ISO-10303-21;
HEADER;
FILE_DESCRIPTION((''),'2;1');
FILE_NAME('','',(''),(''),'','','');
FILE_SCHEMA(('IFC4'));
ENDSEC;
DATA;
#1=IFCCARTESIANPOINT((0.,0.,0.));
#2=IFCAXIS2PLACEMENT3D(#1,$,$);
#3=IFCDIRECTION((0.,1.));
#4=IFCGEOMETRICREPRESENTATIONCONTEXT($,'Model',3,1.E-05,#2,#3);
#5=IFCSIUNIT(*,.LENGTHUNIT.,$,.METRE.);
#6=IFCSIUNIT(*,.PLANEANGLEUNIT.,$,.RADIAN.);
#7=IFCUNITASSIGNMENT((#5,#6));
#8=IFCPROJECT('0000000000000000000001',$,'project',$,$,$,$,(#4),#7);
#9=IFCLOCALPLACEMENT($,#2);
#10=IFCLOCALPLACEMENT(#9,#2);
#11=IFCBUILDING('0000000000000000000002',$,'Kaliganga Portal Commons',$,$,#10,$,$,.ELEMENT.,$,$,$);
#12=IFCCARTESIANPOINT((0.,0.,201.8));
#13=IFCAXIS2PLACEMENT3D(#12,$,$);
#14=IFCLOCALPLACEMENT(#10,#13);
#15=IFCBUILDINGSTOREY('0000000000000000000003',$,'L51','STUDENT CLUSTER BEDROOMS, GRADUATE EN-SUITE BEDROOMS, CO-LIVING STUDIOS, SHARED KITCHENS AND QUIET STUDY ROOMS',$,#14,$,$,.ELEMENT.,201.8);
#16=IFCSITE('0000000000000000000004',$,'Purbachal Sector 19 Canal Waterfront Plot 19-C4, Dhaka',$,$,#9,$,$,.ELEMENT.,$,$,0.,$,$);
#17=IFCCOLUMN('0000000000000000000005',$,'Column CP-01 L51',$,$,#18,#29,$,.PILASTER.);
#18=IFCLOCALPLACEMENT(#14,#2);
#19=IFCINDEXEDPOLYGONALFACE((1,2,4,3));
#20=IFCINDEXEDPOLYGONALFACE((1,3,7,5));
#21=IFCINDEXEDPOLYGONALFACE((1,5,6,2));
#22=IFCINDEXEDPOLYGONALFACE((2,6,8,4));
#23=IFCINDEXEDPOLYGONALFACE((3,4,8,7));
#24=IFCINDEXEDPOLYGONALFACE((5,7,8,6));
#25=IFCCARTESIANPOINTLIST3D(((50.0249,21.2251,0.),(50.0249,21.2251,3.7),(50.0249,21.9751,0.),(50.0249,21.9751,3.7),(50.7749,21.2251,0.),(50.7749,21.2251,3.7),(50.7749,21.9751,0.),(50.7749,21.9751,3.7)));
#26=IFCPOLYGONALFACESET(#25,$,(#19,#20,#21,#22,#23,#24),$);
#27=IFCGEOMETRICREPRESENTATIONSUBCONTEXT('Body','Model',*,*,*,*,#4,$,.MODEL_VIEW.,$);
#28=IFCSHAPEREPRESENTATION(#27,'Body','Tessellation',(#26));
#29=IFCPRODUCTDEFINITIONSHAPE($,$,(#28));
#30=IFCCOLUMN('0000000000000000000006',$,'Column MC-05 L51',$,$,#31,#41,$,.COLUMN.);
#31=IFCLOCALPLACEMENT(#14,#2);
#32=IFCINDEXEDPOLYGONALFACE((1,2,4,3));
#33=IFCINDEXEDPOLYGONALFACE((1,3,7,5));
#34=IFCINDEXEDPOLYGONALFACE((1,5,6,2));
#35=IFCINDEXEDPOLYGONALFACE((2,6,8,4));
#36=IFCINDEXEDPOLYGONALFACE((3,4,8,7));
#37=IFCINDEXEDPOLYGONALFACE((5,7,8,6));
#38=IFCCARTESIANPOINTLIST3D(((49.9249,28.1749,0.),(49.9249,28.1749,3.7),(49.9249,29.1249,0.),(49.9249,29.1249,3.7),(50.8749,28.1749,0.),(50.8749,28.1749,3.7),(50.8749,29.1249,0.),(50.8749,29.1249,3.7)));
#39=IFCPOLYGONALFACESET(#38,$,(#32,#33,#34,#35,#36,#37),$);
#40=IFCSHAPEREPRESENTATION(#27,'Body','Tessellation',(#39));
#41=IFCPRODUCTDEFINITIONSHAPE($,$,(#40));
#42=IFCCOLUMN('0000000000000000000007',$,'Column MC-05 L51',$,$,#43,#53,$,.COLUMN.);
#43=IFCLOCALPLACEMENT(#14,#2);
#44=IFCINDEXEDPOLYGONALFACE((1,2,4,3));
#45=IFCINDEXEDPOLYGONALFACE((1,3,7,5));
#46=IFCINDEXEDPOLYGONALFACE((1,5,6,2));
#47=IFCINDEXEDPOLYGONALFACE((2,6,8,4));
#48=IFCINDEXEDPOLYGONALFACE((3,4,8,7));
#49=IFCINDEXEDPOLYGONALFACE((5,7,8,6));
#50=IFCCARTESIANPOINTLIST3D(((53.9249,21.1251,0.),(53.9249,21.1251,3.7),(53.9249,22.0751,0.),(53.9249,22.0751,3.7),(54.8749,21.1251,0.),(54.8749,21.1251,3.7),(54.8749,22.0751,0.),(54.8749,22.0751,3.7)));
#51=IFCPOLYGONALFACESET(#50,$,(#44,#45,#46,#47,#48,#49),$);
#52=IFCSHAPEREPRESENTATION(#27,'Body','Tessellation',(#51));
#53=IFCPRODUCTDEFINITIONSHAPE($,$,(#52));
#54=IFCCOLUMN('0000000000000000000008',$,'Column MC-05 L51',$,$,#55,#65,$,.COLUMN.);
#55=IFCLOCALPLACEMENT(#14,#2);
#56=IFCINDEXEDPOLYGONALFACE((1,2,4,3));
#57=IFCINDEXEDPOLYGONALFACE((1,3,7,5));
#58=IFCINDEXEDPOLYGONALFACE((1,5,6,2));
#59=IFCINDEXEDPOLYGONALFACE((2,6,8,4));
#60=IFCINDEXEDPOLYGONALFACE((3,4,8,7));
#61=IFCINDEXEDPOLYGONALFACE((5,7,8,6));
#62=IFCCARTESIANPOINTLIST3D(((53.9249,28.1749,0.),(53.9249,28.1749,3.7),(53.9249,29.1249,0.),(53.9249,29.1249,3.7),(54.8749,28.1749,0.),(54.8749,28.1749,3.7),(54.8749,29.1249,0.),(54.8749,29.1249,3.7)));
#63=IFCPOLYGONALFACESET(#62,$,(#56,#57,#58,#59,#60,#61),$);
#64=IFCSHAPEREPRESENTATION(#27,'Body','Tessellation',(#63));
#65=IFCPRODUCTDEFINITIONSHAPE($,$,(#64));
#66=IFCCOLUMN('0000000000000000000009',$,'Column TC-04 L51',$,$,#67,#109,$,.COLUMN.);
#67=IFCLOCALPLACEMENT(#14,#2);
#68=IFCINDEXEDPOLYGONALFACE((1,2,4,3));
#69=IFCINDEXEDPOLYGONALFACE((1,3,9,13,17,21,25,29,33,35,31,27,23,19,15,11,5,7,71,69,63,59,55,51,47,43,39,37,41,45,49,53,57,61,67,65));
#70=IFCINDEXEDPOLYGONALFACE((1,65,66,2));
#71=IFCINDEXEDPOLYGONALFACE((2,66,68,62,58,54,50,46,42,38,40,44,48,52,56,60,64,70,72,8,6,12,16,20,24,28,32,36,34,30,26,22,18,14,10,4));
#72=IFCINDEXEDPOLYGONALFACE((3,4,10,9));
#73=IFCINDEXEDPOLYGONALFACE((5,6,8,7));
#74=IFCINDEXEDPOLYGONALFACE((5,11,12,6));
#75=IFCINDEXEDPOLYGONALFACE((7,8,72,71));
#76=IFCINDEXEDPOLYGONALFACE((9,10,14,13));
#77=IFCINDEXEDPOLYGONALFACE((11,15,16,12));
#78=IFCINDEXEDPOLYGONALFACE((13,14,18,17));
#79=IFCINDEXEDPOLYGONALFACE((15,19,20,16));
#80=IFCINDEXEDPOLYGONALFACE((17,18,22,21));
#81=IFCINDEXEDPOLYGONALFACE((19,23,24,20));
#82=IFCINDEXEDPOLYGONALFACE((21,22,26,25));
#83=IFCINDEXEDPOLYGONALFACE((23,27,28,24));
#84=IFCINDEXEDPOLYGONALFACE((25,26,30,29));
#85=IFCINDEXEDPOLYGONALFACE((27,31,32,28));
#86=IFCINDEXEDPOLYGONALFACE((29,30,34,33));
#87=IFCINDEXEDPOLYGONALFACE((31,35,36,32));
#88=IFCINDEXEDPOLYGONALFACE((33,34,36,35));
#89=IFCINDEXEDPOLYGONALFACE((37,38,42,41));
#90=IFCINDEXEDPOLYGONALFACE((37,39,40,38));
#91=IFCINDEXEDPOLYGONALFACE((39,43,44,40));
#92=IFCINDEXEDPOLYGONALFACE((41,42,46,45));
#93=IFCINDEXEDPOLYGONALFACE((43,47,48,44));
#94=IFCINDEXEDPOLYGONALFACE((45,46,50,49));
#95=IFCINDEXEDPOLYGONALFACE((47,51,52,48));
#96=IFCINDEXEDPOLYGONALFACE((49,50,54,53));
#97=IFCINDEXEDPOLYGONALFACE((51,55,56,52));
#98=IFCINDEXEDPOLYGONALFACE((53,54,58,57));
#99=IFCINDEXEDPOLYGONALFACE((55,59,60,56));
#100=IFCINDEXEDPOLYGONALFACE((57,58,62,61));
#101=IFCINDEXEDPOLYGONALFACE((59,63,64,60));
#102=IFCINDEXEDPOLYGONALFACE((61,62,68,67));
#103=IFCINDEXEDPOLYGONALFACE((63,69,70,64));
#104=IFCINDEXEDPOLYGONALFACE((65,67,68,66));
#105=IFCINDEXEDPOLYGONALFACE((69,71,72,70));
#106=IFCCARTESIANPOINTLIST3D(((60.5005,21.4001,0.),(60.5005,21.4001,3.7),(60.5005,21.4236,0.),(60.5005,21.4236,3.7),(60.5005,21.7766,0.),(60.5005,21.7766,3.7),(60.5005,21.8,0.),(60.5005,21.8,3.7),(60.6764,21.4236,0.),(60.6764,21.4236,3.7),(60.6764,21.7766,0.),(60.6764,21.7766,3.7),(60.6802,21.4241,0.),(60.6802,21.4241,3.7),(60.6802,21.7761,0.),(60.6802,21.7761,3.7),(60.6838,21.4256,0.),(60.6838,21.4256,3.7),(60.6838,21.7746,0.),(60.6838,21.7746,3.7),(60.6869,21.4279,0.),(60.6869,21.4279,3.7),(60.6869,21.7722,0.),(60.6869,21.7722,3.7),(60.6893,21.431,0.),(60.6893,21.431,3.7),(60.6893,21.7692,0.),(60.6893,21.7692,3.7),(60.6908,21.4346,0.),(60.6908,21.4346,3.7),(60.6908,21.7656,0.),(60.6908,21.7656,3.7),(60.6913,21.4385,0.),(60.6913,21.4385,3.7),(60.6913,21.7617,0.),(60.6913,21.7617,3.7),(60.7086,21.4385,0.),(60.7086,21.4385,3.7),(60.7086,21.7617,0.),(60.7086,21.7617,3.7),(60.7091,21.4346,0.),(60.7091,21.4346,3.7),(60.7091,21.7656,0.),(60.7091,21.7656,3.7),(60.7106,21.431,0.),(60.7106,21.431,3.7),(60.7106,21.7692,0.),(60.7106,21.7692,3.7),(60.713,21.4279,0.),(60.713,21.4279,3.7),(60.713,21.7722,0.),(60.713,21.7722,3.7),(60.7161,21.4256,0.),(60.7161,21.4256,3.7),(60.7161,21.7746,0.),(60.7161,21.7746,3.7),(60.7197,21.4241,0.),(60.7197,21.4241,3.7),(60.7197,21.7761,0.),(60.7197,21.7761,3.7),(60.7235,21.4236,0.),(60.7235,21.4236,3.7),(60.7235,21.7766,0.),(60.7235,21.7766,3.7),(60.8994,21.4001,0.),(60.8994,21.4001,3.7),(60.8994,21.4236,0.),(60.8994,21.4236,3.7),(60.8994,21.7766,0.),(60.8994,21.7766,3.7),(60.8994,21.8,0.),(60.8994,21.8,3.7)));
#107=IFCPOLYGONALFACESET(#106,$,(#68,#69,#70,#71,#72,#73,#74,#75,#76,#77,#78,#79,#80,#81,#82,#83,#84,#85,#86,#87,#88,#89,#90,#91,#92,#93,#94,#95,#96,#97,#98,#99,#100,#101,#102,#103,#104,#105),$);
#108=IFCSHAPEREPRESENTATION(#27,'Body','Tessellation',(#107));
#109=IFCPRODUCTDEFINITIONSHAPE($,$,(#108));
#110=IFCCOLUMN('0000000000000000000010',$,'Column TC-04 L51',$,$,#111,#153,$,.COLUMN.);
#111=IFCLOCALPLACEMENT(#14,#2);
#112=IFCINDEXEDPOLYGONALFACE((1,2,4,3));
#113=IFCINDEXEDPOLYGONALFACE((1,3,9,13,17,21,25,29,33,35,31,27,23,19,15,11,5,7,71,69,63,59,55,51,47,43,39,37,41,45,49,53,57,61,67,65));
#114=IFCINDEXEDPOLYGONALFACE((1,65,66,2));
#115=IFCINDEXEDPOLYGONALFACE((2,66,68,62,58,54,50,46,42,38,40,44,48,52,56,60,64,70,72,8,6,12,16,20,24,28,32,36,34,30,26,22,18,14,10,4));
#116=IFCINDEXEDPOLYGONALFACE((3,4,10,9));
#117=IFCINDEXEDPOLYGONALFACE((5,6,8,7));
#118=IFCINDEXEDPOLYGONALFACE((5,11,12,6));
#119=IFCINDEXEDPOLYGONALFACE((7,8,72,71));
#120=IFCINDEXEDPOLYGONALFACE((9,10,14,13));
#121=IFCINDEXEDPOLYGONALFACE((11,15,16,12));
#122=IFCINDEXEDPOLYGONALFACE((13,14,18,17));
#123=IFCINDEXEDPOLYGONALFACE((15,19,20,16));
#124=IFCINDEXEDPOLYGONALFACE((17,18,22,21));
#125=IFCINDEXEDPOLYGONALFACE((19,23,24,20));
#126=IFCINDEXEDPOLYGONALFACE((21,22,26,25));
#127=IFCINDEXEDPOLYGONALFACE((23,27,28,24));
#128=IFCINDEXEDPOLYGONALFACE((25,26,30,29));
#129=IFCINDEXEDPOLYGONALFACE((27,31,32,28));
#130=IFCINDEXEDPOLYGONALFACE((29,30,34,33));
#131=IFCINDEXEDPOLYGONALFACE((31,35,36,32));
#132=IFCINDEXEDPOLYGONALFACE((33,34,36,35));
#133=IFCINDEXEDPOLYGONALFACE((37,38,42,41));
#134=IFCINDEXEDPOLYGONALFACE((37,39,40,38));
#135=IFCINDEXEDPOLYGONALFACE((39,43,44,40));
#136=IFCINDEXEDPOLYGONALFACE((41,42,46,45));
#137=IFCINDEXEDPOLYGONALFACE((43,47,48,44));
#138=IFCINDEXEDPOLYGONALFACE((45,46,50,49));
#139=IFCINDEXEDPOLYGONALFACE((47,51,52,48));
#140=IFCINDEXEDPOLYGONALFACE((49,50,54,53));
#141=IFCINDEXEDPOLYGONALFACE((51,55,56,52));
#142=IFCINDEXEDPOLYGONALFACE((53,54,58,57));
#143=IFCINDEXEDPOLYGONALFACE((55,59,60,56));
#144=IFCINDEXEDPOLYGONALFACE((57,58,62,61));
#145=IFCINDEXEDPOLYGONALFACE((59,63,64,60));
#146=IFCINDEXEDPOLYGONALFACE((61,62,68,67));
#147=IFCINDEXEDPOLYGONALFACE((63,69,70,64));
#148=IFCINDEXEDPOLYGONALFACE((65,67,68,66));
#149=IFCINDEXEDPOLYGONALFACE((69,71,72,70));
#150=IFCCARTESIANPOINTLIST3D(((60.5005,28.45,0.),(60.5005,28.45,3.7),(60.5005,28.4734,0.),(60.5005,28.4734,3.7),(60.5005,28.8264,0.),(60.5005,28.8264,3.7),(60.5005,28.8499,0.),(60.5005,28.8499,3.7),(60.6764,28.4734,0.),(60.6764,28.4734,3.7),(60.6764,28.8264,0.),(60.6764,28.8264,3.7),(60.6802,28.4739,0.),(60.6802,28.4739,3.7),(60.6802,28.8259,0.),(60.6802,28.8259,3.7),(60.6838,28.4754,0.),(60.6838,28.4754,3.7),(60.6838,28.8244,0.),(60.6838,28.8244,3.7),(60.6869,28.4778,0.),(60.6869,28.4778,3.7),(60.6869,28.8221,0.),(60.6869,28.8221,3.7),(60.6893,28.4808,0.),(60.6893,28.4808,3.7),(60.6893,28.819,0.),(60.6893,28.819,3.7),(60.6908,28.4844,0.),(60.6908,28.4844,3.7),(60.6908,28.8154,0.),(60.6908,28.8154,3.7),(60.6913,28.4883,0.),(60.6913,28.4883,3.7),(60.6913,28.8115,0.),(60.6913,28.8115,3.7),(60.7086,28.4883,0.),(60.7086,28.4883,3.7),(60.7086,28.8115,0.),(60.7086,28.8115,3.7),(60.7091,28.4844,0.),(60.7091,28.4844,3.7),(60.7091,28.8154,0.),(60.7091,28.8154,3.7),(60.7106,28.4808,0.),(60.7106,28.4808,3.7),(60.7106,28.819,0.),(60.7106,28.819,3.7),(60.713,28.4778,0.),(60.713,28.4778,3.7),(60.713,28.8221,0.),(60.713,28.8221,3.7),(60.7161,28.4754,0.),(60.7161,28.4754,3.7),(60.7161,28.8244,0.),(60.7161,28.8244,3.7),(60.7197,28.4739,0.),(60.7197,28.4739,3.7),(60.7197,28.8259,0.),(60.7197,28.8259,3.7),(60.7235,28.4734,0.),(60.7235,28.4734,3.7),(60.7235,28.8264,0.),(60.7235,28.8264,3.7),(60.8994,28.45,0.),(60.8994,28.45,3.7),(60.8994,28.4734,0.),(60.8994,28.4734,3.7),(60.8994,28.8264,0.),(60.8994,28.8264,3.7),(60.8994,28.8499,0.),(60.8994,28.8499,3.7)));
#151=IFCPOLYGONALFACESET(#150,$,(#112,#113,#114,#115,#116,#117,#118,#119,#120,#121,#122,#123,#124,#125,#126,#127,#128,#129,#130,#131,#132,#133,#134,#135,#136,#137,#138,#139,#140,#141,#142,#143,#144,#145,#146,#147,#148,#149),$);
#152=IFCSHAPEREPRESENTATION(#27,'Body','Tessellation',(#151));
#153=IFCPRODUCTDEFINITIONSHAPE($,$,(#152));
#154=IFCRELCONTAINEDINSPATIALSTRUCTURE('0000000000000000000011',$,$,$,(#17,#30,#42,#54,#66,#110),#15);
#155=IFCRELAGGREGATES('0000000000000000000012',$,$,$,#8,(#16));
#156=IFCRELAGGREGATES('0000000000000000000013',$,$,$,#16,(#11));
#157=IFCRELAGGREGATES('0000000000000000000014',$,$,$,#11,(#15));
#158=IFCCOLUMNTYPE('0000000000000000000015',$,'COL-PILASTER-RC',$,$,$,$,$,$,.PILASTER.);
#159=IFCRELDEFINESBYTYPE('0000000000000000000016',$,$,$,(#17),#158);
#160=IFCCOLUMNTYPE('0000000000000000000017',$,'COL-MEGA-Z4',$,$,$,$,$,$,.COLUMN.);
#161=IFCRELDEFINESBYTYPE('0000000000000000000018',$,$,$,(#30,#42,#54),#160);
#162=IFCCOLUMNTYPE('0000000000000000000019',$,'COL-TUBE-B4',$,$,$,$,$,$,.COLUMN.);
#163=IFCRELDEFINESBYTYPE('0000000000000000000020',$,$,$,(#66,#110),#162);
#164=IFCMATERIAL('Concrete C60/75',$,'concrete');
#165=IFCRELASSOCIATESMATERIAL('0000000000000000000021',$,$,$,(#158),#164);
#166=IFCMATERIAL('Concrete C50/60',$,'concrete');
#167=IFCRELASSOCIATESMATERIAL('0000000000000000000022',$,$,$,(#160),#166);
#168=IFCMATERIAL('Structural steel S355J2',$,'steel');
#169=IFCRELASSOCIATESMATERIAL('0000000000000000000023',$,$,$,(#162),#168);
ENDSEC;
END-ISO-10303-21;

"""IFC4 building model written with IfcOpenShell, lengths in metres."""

from ifc_helpers import new_model, si_unit, direction, frame, origin, origin_2d, place, context, subcontext, project, spatial, rectangle, i_section, extrude, source, transform, mapped, material, material_profile, profile_set, type_object, element, save


model = new_model("IFC4")

# Units and contexts
model_context = context("Model", 3, precision=1e-05, world=origin(), true_north=direction((0.0, 1.0)))
body_context = subcontext(model_context, "Body", "Model", "MODEL_VIEW")
ifc_project = project(units=[si_unit("LENGTHUNIT", "METRE"), si_unit("PLANEANGLEUNIT", "RADIAN")], contexts=[model_context])

# Site, building, storey
site_placement = place(None, origin())
site = spatial("IfcSite", under=ifc_project, at=site_placement, Name="Purbachal Sector 19 Canal Waterfront Plot 19-C4, Dhaka", CompositionType="ELEMENT", RefElevation=0.0)
building_placement = place(site_placement, origin())
building = spatial("IfcBuilding", under=site, at=building_placement, Name="Kaliganga Portal Commons", CompositionType="ELEMENT")
storey_placement = place(building_placement, frame((0.0, 0.0, 201.8)))
storey = spatial("IfcBuildingStorey", under=building, at=storey_placement, Name="L51", Description="STUDENT CLUSTER BEDROOMS, GRADUATE EN-SUITE BEDROOMS, CO-LIVING STUDIOS, SHARED KITCHENS AND QUIET STUDY ROOMS", CompositionType="ELEMENT", Elevation=201.8)

# Columns
ifc_material_1 = material(Name="Concrete C60/75", Category="concrete")
ifc_material_profile_1 = material_profile(ifc_material_1, rectangle(XDim=0.75, YDim=0.75, at=origin_2d()), Name="RC 750x750")
ifc_profile_set_1 = profile_set([ifc_material_profile_1], Name="Concrete C60/75")
column_type_1 = type_object("IfcColumnType", Name="COL-PILASTER-RC", PredefinedType="PILASTER", material=ifc_profile_set_1)
shared_shape_1 = source(origin(), body_context, "Body", "SweptSolid", [
    extrude(rectangle(XDim=0.75, YDim=0.75, at=origin_2d()), origin(), (0.0, 0.0, 1.0), 3.7),
])
column_placement = place(storey_placement, frame((50.3999, 21.6001, 0.0), z_axis=(0.0, 0.0, 1.0), x_axis=(1.0, 0.0, 0.0)))
element("IfcColumn", 1, at=column_placement, inside=storey, type_object=column_type_1, Name="Column CP-01 L51", PredefinedType="PILASTER", context=body_context, shape_type="MappedRepresentation", body=[
    mapped(shared_shape_1, transform((0.0, 0.0, 0.0), x_axis=(1.0, 0.0, 0.0), y_axis=(0.0, 1.0, 0.0), z_axis=(0.0, 0.0, 1.0), scale=1.0)),
])
ifc_material_2 = material(Name="Concrete C50/60", Category="concrete")
ifc_material_profile_2 = material_profile(ifc_material_2, rectangle(XDim=0.95, YDim=0.95, at=origin_2d()), Name="RC 950x950")
ifc_profile_set_2 = profile_set([ifc_material_profile_2], Name="Concrete C50/60")
column_type_2 = type_object("IfcColumnType", Name="COL-MEGA-Z4", PredefinedType="COLUMN", material=ifc_profile_set_2)
shared_shape_2 = source(origin(), body_context, "Body", "SweptSolid", [
    extrude(rectangle(XDim=0.95, YDim=0.95, at=origin_2d()), origin(), (0.0, 0.0, 1.0), 3.7),
])
for number, where, z_axis, x_axis, name in (
    (2, (50.3999, 28.6499, 0.0), (0.0, 0.0, 1.0), (1.0, 0.0, 0.0), "Column MC-05 L51"),
    (3, (54.3999, 21.6001, 0.0), (0.0, 0.0, 1.0), (1.0, 0.0, 0.0), "Column MC-05 L51"),
    (4, (54.3999, 28.6499, 0.0), (0.0, 0.0, 1.0), (1.0, 0.0, 0.0), "Column MC-05 L51"),
):
    element("IfcColumn", number, at=place(storey_placement, frame(where, z_axis=z_axis, x_axis=x_axis)), inside=storey, type_object=column_type_2, Name=name, PredefinedType="COLUMN", context=body_context, shape_type="MappedRepresentation", body=[
        mapped(shared_shape_2, transform((0.0, 0.0, 0.0), x_axis=(1.0, 0.0, 0.0), y_axis=(0.0, 1.0, 0.0), z_axis=(0.0, 0.0, 1.0), scale=1.0)),
    ])
ifc_material_3 = material(Name="Structural steel S355J2", Category="steel")
ifc_material_profile_3 = material_profile(ifc_material_3, i_section(OverallWidth=0.3989, OverallDepth=0.3999, WebThickness=0.0173, FlangeThickness=0.0234, FilletRadius=0.0149, at=origin_2d()), Name="HD 400x287")
ifc_profile_set_3 = profile_set([ifc_material_profile_3], Name="Structural steel S355J2 wide-flange")
column_type_3 = type_object("IfcColumnType", Name="COL-TUBE-B4", PredefinedType="COLUMN", material=ifc_profile_set_3)
shared_shape_3 = source(origin(), body_context, "Body", "SweptSolid", [
    extrude(i_section(OverallWidth=0.3989, OverallDepth=0.3999, WebThickness=0.0173, FlangeThickness=0.0234, FilletRadius=0.0149, at=origin_2d()), origin(), (0.0, 0.0, 1.0), 3.7),
])
for number, where, z_axis, x_axis, name in (
    (5, (60.7, 21.6001, 0.0), (0.0, 0.0, 1.0), (1.0, 0.0, 0.0), "Column TC-04 L51"),
    (6, (60.7, 28.6499, 0.0), (0.0, 0.0, 1.0), (1.0, 0.0, 0.0), "Column TC-04 L51"),
):
    element("IfcColumn", number, at=place(storey_placement, frame(where, z_axis=z_axis, x_axis=x_axis)), inside=storey, type_object=column_type_3, Name=name, PredefinedType="COLUMN", context=body_context, shape_type="MappedRepresentation", body=[
        mapped(shared_shape_3, transform((0.0, 0.0, 0.0), x_axis=(1.0, 0.0, 0.0), y_axis=(0.0, 1.0, 0.0), z_axis=(0.0, 0.0, 1.0), scale=1.0)),
    ])

save(model, "model.ifc")
